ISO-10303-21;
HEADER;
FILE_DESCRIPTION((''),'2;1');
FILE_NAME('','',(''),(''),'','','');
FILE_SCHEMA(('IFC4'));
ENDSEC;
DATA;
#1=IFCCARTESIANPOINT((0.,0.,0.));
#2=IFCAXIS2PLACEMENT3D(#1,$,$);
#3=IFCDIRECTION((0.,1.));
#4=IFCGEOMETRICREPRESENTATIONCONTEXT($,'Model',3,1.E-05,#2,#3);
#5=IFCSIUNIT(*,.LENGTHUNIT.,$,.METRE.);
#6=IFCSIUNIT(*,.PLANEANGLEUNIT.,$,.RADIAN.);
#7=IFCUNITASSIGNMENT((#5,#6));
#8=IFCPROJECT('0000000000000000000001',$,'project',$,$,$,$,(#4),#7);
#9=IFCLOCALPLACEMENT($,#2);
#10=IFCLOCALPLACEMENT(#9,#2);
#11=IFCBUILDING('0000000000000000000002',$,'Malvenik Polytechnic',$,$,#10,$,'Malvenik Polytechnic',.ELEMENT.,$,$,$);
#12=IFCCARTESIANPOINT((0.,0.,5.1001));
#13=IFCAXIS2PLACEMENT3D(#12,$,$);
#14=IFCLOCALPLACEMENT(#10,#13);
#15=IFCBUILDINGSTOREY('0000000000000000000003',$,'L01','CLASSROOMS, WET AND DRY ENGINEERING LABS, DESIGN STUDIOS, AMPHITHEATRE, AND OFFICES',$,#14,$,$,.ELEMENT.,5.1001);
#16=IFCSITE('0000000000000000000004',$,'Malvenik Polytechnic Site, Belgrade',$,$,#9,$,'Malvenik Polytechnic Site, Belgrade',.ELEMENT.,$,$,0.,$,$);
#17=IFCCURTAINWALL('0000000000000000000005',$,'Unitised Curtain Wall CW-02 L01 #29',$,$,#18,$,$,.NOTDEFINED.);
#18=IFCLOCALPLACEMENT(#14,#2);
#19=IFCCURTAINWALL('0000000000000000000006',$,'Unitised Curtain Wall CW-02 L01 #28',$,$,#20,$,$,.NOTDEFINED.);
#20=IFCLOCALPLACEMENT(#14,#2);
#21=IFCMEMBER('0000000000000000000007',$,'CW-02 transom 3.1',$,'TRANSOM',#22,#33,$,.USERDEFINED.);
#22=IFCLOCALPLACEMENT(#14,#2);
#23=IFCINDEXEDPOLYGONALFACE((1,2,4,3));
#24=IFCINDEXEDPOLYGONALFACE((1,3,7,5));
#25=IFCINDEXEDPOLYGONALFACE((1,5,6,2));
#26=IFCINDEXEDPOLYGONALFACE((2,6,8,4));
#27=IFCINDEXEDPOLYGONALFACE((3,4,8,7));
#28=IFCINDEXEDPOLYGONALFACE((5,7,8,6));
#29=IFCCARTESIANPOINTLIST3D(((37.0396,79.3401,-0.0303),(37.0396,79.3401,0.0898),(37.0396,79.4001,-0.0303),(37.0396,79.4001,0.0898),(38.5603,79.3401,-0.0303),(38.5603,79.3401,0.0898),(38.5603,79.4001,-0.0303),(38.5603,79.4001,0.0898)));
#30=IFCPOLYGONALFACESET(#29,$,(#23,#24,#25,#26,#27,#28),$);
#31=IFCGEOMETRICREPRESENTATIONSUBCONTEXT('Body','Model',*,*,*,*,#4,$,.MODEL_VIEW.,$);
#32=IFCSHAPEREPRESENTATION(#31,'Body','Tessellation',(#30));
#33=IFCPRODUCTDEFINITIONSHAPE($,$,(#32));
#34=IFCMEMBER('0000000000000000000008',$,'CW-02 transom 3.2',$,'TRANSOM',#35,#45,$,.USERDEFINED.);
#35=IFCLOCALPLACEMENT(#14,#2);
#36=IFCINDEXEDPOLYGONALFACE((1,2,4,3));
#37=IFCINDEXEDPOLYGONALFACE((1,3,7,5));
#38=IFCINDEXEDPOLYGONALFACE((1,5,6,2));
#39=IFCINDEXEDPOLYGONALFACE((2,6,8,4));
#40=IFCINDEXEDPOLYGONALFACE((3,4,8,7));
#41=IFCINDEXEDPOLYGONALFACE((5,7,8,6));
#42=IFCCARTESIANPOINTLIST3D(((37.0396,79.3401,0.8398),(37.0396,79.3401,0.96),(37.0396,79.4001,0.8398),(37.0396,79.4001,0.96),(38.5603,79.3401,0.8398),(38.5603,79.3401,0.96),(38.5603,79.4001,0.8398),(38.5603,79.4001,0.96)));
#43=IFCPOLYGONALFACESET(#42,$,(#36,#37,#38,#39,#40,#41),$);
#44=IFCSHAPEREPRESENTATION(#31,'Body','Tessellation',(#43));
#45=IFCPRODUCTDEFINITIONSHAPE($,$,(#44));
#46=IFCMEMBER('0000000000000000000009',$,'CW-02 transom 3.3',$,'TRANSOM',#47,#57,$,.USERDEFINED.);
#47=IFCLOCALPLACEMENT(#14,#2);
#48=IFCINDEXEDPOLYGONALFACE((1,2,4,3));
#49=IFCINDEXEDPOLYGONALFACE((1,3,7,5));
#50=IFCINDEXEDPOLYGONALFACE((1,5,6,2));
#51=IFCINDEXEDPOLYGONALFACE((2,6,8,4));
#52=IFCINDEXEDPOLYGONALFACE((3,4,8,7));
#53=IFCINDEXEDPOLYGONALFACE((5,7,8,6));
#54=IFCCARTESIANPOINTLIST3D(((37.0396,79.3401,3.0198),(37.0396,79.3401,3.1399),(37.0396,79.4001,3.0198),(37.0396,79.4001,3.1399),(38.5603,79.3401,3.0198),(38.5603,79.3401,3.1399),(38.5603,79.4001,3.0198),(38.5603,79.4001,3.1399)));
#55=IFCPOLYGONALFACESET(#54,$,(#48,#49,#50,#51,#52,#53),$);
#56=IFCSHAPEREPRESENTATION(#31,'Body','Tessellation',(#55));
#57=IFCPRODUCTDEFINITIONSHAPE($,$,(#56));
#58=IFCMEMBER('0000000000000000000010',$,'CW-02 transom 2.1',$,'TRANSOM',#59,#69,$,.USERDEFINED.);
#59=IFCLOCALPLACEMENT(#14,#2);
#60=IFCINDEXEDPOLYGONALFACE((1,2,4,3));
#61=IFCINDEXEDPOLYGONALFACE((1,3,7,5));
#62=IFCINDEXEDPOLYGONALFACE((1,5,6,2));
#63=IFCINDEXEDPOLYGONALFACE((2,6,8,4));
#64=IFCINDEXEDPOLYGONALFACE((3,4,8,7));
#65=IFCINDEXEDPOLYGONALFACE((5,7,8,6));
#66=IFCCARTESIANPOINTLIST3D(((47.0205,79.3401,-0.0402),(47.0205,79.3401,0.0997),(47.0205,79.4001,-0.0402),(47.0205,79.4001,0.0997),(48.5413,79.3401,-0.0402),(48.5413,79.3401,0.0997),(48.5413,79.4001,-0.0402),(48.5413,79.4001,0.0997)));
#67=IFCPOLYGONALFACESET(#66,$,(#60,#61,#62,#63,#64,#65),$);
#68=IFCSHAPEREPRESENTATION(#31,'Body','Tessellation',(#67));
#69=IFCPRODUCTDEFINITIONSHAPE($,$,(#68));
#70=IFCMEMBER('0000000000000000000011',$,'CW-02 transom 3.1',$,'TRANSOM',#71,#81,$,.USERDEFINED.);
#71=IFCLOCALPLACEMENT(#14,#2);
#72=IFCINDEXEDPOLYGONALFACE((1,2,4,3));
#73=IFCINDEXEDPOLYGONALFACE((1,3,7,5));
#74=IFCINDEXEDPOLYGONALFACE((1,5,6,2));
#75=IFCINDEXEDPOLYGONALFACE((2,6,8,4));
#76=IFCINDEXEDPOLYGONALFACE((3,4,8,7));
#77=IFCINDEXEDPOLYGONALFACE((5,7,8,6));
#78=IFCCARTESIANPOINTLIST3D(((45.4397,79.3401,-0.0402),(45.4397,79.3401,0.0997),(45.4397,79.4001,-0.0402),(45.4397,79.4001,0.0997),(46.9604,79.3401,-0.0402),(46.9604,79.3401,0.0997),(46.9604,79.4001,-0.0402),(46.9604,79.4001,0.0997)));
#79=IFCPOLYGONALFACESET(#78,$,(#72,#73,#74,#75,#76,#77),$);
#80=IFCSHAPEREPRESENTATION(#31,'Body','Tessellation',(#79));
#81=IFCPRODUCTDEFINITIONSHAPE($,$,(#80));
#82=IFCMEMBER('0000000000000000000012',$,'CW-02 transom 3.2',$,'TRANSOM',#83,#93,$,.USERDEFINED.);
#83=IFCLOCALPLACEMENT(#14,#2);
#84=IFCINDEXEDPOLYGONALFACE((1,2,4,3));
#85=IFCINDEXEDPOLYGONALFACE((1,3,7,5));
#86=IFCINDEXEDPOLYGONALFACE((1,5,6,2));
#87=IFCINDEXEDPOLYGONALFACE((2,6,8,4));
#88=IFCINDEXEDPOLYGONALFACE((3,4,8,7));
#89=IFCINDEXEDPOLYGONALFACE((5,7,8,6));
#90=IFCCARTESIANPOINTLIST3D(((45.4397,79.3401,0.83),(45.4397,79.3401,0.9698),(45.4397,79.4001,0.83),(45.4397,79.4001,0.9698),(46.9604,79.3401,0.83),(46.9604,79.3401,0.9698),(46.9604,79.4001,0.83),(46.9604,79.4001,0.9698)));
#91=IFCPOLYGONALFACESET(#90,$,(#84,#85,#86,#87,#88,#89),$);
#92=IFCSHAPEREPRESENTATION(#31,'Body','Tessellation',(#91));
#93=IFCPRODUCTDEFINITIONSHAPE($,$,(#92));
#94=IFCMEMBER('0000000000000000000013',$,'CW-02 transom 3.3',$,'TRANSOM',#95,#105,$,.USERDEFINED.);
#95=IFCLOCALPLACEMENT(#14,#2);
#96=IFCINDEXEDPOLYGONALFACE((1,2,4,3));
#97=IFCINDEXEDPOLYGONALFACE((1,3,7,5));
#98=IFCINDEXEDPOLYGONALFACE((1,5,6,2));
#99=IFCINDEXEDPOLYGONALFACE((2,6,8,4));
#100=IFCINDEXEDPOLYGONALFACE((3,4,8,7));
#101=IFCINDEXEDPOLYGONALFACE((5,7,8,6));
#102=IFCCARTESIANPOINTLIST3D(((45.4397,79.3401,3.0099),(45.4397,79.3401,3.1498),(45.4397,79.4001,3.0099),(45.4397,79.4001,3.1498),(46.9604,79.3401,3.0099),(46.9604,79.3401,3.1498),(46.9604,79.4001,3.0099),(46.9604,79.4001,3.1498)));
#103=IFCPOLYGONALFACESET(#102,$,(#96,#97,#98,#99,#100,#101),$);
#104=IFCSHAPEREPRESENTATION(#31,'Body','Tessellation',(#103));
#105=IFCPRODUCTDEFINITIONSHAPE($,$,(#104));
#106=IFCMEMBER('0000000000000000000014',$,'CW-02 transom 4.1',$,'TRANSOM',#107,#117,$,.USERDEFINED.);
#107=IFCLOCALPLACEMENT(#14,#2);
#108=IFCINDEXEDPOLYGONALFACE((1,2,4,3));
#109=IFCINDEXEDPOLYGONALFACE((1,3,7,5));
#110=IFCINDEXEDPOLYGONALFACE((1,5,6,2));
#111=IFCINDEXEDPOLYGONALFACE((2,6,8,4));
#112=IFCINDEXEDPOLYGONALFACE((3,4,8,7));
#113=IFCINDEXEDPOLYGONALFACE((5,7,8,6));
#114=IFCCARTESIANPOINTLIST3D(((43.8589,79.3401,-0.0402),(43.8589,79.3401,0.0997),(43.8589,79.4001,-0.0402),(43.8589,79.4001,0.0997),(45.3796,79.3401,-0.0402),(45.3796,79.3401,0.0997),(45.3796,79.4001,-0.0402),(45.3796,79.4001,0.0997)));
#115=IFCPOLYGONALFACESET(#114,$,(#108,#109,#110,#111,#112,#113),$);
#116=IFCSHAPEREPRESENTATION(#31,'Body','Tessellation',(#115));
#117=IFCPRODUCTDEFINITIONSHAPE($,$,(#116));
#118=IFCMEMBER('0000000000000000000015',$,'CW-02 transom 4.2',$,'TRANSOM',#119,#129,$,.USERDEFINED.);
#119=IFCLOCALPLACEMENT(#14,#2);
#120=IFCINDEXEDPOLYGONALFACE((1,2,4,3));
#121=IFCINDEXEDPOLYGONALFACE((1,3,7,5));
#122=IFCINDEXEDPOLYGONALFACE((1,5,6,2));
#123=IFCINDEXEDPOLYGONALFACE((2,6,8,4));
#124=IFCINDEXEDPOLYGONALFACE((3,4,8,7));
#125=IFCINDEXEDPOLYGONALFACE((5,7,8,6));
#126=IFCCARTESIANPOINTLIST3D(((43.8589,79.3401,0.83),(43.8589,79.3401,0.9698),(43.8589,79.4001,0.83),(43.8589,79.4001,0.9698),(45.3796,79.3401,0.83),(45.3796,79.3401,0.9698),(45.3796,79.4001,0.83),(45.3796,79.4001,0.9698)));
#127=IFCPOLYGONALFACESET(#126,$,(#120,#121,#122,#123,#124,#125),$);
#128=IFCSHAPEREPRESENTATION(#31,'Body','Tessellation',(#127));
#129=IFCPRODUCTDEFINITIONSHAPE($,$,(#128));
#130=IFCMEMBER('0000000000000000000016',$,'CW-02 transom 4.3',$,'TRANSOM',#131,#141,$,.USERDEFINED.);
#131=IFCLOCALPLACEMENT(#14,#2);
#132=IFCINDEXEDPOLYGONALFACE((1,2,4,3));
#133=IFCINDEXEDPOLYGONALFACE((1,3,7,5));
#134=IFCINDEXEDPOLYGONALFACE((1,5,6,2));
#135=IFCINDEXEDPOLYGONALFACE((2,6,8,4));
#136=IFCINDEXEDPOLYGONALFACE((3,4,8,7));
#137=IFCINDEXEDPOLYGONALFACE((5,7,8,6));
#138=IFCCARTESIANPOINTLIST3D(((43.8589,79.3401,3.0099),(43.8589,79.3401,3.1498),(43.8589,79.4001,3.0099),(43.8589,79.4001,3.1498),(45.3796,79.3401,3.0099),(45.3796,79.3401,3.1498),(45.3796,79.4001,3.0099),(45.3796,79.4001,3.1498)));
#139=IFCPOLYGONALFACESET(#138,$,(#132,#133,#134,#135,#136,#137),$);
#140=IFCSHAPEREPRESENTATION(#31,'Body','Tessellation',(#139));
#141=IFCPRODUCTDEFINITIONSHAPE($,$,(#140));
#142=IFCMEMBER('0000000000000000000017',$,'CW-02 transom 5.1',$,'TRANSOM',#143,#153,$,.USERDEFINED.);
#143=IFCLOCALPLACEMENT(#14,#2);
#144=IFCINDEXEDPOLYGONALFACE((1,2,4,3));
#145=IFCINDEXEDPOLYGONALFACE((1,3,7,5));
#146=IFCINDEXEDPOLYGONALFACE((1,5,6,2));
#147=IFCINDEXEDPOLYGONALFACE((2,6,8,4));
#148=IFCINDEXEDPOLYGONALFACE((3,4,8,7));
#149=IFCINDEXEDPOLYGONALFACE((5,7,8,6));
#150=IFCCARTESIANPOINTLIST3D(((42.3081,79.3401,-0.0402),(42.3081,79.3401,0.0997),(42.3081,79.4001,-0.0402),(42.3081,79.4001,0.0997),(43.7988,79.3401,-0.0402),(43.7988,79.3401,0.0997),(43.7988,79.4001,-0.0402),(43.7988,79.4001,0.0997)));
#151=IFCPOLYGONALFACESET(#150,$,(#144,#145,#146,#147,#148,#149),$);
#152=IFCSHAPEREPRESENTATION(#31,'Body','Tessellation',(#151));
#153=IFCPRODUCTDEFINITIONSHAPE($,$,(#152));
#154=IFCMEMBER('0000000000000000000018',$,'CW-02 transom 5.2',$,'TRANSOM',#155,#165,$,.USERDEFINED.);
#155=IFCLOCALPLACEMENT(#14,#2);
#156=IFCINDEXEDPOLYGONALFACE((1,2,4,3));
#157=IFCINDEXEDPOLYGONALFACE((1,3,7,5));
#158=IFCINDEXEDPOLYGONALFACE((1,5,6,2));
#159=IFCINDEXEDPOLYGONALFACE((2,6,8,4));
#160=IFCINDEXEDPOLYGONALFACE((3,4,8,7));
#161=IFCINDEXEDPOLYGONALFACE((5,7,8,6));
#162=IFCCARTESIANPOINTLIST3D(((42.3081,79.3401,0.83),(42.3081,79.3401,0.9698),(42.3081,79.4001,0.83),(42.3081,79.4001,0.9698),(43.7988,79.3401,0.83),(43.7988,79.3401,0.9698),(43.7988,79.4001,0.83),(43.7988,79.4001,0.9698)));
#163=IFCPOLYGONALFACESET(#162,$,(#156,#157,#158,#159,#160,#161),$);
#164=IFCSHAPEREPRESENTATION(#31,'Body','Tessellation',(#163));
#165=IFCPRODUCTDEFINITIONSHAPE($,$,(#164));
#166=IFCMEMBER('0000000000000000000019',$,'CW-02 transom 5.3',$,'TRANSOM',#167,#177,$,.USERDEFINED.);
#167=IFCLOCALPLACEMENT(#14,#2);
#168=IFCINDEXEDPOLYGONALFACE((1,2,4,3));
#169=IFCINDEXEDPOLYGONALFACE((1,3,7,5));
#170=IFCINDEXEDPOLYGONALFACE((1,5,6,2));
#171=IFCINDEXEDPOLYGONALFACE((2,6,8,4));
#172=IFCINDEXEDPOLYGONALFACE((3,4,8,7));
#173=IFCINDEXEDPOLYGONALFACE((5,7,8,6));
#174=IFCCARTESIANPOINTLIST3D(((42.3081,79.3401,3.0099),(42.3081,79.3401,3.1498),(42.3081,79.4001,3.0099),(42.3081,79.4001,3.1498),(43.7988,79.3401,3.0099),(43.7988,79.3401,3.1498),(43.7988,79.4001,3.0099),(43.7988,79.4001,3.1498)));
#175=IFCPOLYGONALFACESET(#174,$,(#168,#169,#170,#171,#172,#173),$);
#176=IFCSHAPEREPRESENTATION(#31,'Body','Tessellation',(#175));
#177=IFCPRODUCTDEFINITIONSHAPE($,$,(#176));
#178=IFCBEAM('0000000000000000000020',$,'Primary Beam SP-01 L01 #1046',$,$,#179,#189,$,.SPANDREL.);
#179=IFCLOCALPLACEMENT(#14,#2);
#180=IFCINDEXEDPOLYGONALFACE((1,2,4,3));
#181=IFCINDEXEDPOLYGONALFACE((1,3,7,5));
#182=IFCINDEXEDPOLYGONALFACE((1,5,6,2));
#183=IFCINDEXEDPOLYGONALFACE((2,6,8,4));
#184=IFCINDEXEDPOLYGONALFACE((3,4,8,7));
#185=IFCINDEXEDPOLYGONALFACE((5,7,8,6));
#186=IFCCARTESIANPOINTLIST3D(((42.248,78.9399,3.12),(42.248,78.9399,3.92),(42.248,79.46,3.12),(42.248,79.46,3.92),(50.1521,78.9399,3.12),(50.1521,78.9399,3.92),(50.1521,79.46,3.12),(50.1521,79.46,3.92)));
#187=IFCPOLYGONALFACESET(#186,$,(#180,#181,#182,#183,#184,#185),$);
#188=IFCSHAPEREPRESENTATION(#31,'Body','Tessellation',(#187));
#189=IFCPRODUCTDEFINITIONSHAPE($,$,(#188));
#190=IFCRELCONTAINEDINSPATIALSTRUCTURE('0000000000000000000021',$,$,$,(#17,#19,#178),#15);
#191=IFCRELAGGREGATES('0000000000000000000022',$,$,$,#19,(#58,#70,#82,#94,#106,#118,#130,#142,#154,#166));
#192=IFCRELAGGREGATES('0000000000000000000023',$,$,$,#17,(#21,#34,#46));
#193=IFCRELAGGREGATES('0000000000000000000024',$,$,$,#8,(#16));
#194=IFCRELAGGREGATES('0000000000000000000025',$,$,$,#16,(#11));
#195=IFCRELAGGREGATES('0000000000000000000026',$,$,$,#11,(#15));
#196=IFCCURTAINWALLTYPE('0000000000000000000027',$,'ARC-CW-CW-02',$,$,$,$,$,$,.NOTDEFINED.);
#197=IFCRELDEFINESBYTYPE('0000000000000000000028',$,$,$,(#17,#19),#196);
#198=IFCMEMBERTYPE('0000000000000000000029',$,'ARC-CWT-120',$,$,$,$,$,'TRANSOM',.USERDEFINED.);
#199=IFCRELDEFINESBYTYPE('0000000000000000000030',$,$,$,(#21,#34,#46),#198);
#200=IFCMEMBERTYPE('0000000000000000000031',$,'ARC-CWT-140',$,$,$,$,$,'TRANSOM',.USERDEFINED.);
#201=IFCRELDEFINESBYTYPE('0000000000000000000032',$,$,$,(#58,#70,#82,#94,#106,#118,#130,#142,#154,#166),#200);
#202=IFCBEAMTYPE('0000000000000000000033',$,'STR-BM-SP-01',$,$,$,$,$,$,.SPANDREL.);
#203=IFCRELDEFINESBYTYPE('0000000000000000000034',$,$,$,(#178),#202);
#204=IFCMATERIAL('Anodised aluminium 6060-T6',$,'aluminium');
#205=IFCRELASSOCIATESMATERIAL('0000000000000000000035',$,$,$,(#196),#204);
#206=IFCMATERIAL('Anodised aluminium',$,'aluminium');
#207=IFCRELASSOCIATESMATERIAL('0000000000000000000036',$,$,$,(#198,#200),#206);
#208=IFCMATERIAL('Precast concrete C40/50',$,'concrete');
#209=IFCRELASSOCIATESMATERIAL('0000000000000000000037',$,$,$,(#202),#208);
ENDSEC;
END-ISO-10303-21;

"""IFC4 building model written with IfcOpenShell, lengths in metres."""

from ifc_helpers import new_model, si_unit, direction, frame, origin, origin_2d, place, context, subcontext, project, spatial, rectangle, extrude, material, material_profile, profile_set, type_object, element, aggregate, save


model = new_model("IFC4")

# Units and contexts
model_context = context("Model", 3, precision=1e-05, world=origin(), true_north=direction((0.0, 1.0)))
body_context = subcontext(model_context, "Body", "Model", "MODEL_VIEW")
ifc_project = project(units=[si_unit("LENGTHUNIT", "METRE"), si_unit("PLANEANGLEUNIT", "RADIAN")], contexts=[model_context])

# Site, building, storey
site_placement = place(None, origin())
site = spatial("IfcSite", under=ifc_project, at=site_placement, Name="Malvenik Polytechnic Site, Belgrade", LongName="Malvenik Polytechnic Site, Belgrade", CompositionType="ELEMENT", RefElevation=0.0)
building_placement = place(site_placement, origin())
building = spatial("IfcBuilding", under=site, at=building_placement, Name="Malvenik Polytechnic", LongName="Malvenik Polytechnic", CompositionType="ELEMENT")
storey_placement = place(building_placement, frame((0.0, 0.0, 5.1001)))
storey = spatial("IfcBuildingStorey", under=building, at=storey_placement, Name="L01", Description="CLASSROOMS, WET AND DRY ENGINEERING LABS, DESIGN STUDIOS, AMPHITHEATRE, AND OFFICES", CompositionType="ELEMENT", Elevation=5.1001)

# Curtain walls
ifc_material_1 = material(Name="Anodised aluminium 6060-T6", Category="aluminium")
curtain_wall_type = type_object("IfcCurtainWallType", Name="ARC-CW-CW-02", PredefinedType="NOTDEFINED", material=ifc_material_1)
curtain_wall_1_placement = place(storey_placement, origin())
curtain_wall_1 = element("IfcCurtainWall", 1, at=curtain_wall_1_placement, inside=storey, type_object=curtain_wall_type, Name="Unitised Curtain Wall CW-02 L01 #29", PredefinedType="NOTDEFINED")
ifc_material_2 = material(Name="Anodised aluminium", Category="aluminium")
curtain_wall_2_placement = place(storey_placement, origin())
curtain_wall_2 = element("IfcCurtainWall", 2, at=curtain_wall_2_placement, inside=storey, type_object=curtain_wall_type, Name="Unitised Curtain Wall CW-02 L01 #28", PredefinedType="NOTDEFINED")

# Members
ifc_material_profile_1 = material_profile(ifc_material_2, rectangle(XDim=0.0601, YDim=0.1201, at=origin_2d()), Name="ALU TRANSOM 60x120")
ifc_profile_set_1 = profile_set([ifc_material_profile_1], Name="Anodised aluminium")
member_type_1 = type_object("IfcMemberType", Name="ARC-CWT-120", ElementType="TRANSOM", PredefinedType="USERDEFINED", material=ifc_profile_set_1)
member_1_placement = place(storey_placement, frame((38.5603, 79.3701, 0.0298), z_axis=(-1.0, 0.0, 0.0), x_axis=(0.0, -1.0, 0.0)))
member_1 = element("IfcMember", 3, at=member_1_placement, type_object=member_type_1, Name="CW-02 transom 3.1", ObjectType="TRANSOM", PredefinedType="USERDEFINED", context=body_context, shape_type="SweptSolid", body=[
    extrude(rectangle(XDim=0.0601, YDim=0.1201, at=origin_2d()), origin(), (0.0, 0.0, 1.0), 1.5208),
])
member_2_placement = place(storey_placement, frame((38.5603, 79.3701, 0.8999), z_axis=(-1.0, 0.0, 0.0), x_axis=(0.0, -1.0, 0.0)))
member_2 = element("IfcMember", 4, at=member_2_placement, type_object=member_type_1, Name="CW-02 transom 3.2", ObjectType="TRANSOM", PredefinedType="USERDEFINED", context=body_context, shape_type="SweptSolid", body=[
    extrude(rectangle(XDim=0.0601, YDim=0.1201, at=origin_2d()), origin(), (0.0, 0.0, 1.0), 1.5208),
])
member_3_placement = place(storey_placement, frame((38.5603, 79.3701, 3.0798), z_axis=(-1.0, 0.0, 0.0), x_axis=(0.0, -1.0, 0.0)))
member_3 = element("IfcMember", 5, at=member_3_placement, type_object=member_type_1, Name="CW-02 transom 3.3", ObjectType="TRANSOM", PredefinedType="USERDEFINED", context=body_context, shape_type="SweptSolid", body=[
    extrude(rectangle(XDim=0.0601, YDim=0.1201, at=origin_2d()), origin(), (0.0, 0.0, 1.0), 1.5208),
])
ifc_material_profile_2 = material_profile(ifc_material_2, rectangle(XDim=0.0601, YDim=0.1399, at=origin_2d()), Name="ALU TRANSOM 60x140")
ifc_profile_set_2 = profile_set([ifc_material_profile_2], Name="Anodised aluminium")
member_type_2 = type_object("IfcMemberType", Name="ARC-CWT-140", ElementType="TRANSOM", PredefinedType="USERDEFINED", material=ifc_profile_set_2)
member_4_placement = place(storey_placement, frame((48.5413, 79.3701, 0.0298), z_axis=(-1.0, 0.0, 0.0), x_axis=(0.0, -1.0, 0.0)))
member_4 = element("IfcMember", 6, at=member_4_placement, type_object=member_type_2, Name="CW-02 transom 2.1", ObjectType="TRANSOM", PredefinedType="USERDEFINED", context=body_context, shape_type="SweptSolid", body=[
    extrude(rectangle(XDim=0.0601, YDim=0.1399, at=origin_2d()), origin(), (0.0, 0.0, 1.0), 1.5208),
])
member_5_placement = place(storey_placement, frame((46.9604, 79.3701, 0.0298), z_axis=(-1.0, 0.0, 0.0), x_axis=(0.0, -1.0, 0.0)))
member_5 = element("IfcMember", 7, at=member_5_placement, type_object=member_type_2, Name="CW-02 transom 3.1", ObjectType="TRANSOM", PredefinedType="USERDEFINED", context=body_context, shape_type="SweptSolid", body=[
    extrude(rectangle(XDim=0.0601, YDim=0.1399, at=origin_2d()), origin(), (0.0, 0.0, 1.0), 1.5208),
])
member_6_placement = place(storey_placement, frame((46.9604, 79.3701, 0.8999), z_axis=(-1.0, 0.0, 0.0), x_axis=(0.0, -1.0, 0.0)))
member_6 = element("IfcMember", 8, at=member_6_placement, type_object=member_type_2, Name="CW-02 transom 3.2", ObjectType="TRANSOM", PredefinedType="USERDEFINED", context=body_context, shape_type="SweptSolid", body=[
    extrude(rectangle(XDim=0.0601, YDim=0.1399, at=origin_2d()), origin(), (0.0, 0.0, 1.0), 1.5208),
])
member_7_placement = place(storey_placement, frame((46.9604, 79.3701, 3.0798), z_axis=(-1.0, 0.0, 0.0), x_axis=(0.0, -1.0, 0.0)))
member_7 = element("IfcMember", 9, at=member_7_placement, type_object=member_type_2, Name="CW-02 transom 3.3", ObjectType="TRANSOM", PredefinedType="USERDEFINED", context=body_context, shape_type="SweptSolid", body=[
    extrude(rectangle(XDim=0.0601, YDim=0.1399, at=origin_2d()), origin(), (0.0, 0.0, 1.0), 1.5208),
])
member_8_placement = place(storey_placement, frame((45.3796, 79.3701, 0.0298), z_axis=(-1.0, 0.0, 0.0), x_axis=(0.0, -1.0, 0.0)))
member_8 = element("IfcMember", 10, at=member_8_placement, type_object=member_type_2, Name="CW-02 transom 4.1", ObjectType="TRANSOM", PredefinedType="USERDEFINED", context=body_context, shape_type="SweptSolid", body=[
    extrude(rectangle(XDim=0.0601, YDim=0.1399, at=origin_2d()), origin(), (0.0, 0.0, 1.0), 1.5208),
])
member_9_placement = place(storey_placement, frame((45.3796, 79.3701, 0.8999), z_axis=(-1.0, 0.0, 0.0), x_axis=(0.0, -1.0, 0.0)))
member_9 = element("IfcMember", 11, at=member_9_placement, type_object=member_type_2, Name="CW-02 transom 4.2", ObjectType="TRANSOM", PredefinedType="USERDEFINED", context=body_context, shape_type="SweptSolid", body=[
    extrude(rectangle(XDim=0.0601, YDim=0.1399, at=origin_2d()), origin(), (0.0, 0.0, 1.0), 1.5208),
])
member_10_placement = place(storey_placement, frame((45.3796, 79.3701, 3.0798), z_axis=(-1.0, 0.0, 0.0), x_axis=(0.0, -1.0, 0.0)))
member_10 = element("IfcMember", 12, at=member_10_placement, type_object=member_type_2, Name="CW-02 transom 4.3", ObjectType="TRANSOM", PredefinedType="USERDEFINED", context=body_context, shape_type="SweptSolid", body=[
    extrude(rectangle(XDim=0.0601, YDim=0.1399, at=origin_2d()), origin(), (0.0, 0.0, 1.0), 1.5208),
])
member_11_placement = place(storey_placement, frame((43.7988, 79.3701, 0.0298), z_axis=(-1.0, 0.0, 0.0), x_axis=(0.0, -1.0, 0.0)))
member_11 = element("IfcMember", 13, at=member_11_placement, type_object=member_type_2, Name="CW-02 transom 5.1", ObjectType="TRANSOM", PredefinedType="USERDEFINED", context=body_context, shape_type="SweptSolid", body=[
    extrude(rectangle(XDim=0.0601, YDim=0.1399, at=origin_2d()), origin(), (0.0, 0.0, 1.0), 1.4907),
])
member_12_placement = place(storey_placement, frame((43.7988, 79.3701, 0.8999), z_axis=(-1.0, 0.0, 0.0), x_axis=(0.0, -1.0, 0.0)))
member_12 = element("IfcMember", 14, at=member_12_placement, type_object=member_type_2, Name="CW-02 transom 5.2", ObjectType="TRANSOM", PredefinedType="USERDEFINED", context=body_context, shape_type="SweptSolid", body=[
    extrude(rectangle(XDim=0.0601, YDim=0.1399, at=origin_2d()), origin(), (0.0, 0.0, 1.0), 1.4907),
])
member_13_placement = place(storey_placement, frame((43.7988, 79.3701, 3.0798), z_axis=(-1.0, 0.0, 0.0), x_axis=(0.0, -1.0, 0.0)))
member_13 = element("IfcMember", 15, at=member_13_placement, type_object=member_type_2, Name="CW-02 transom 5.3", ObjectType="TRANSOM", PredefinedType="USERDEFINED", context=body_context, shape_type="SweptSolid", body=[
    extrude(rectangle(XDim=0.0601, YDim=0.1399, at=origin_2d()), origin(), (0.0, 0.0, 1.0), 1.4907),
])

# Beam
ifc_material_3 = material(Name="Precast concrete C40/50", Category="concrete")
ifc_material_profile_3 = material_profile(ifc_material_3, rectangle(XDim=0.52, YDim=0.8, at=origin_2d()), Name="PC SPN 520x800")
ifc_profile_set_3 = profile_set([ifc_material_profile_3], Name="Precast concrete C40/50")
beam_type = type_object("IfcBeamType", Name="STR-BM-SP-01", PredefinedType="SPANDREL", material=ifc_profile_set_3)
beam_placement = place(storey_placement, frame((42.248, 79.2, 3.52), z_axis=(1.0, 0.0, 0.0), x_axis=(0.0, 1.0, 0.0)))
element("IfcBeam", 16, at=beam_placement, inside=storey, type_object=beam_type, Name="Primary Beam SP-01 L01 #1046", PredefinedType="SPANDREL", context=body_context, shape_type="SweptSolid", body=[
    extrude(rectangle(XDim=0.52, YDim=0.8, at=origin_2d()), origin(), (0.0, 0.0, 1.0), 7.9041),
])

aggregate(curtain_wall_2, [member_4, member_5, member_6, member_7, member_8, member_9, member_10, member_11, member_12, member_13])
aggregate(curtain_wall_1, [member_1, member_2, member_3])

save(model, "model.ifc")
